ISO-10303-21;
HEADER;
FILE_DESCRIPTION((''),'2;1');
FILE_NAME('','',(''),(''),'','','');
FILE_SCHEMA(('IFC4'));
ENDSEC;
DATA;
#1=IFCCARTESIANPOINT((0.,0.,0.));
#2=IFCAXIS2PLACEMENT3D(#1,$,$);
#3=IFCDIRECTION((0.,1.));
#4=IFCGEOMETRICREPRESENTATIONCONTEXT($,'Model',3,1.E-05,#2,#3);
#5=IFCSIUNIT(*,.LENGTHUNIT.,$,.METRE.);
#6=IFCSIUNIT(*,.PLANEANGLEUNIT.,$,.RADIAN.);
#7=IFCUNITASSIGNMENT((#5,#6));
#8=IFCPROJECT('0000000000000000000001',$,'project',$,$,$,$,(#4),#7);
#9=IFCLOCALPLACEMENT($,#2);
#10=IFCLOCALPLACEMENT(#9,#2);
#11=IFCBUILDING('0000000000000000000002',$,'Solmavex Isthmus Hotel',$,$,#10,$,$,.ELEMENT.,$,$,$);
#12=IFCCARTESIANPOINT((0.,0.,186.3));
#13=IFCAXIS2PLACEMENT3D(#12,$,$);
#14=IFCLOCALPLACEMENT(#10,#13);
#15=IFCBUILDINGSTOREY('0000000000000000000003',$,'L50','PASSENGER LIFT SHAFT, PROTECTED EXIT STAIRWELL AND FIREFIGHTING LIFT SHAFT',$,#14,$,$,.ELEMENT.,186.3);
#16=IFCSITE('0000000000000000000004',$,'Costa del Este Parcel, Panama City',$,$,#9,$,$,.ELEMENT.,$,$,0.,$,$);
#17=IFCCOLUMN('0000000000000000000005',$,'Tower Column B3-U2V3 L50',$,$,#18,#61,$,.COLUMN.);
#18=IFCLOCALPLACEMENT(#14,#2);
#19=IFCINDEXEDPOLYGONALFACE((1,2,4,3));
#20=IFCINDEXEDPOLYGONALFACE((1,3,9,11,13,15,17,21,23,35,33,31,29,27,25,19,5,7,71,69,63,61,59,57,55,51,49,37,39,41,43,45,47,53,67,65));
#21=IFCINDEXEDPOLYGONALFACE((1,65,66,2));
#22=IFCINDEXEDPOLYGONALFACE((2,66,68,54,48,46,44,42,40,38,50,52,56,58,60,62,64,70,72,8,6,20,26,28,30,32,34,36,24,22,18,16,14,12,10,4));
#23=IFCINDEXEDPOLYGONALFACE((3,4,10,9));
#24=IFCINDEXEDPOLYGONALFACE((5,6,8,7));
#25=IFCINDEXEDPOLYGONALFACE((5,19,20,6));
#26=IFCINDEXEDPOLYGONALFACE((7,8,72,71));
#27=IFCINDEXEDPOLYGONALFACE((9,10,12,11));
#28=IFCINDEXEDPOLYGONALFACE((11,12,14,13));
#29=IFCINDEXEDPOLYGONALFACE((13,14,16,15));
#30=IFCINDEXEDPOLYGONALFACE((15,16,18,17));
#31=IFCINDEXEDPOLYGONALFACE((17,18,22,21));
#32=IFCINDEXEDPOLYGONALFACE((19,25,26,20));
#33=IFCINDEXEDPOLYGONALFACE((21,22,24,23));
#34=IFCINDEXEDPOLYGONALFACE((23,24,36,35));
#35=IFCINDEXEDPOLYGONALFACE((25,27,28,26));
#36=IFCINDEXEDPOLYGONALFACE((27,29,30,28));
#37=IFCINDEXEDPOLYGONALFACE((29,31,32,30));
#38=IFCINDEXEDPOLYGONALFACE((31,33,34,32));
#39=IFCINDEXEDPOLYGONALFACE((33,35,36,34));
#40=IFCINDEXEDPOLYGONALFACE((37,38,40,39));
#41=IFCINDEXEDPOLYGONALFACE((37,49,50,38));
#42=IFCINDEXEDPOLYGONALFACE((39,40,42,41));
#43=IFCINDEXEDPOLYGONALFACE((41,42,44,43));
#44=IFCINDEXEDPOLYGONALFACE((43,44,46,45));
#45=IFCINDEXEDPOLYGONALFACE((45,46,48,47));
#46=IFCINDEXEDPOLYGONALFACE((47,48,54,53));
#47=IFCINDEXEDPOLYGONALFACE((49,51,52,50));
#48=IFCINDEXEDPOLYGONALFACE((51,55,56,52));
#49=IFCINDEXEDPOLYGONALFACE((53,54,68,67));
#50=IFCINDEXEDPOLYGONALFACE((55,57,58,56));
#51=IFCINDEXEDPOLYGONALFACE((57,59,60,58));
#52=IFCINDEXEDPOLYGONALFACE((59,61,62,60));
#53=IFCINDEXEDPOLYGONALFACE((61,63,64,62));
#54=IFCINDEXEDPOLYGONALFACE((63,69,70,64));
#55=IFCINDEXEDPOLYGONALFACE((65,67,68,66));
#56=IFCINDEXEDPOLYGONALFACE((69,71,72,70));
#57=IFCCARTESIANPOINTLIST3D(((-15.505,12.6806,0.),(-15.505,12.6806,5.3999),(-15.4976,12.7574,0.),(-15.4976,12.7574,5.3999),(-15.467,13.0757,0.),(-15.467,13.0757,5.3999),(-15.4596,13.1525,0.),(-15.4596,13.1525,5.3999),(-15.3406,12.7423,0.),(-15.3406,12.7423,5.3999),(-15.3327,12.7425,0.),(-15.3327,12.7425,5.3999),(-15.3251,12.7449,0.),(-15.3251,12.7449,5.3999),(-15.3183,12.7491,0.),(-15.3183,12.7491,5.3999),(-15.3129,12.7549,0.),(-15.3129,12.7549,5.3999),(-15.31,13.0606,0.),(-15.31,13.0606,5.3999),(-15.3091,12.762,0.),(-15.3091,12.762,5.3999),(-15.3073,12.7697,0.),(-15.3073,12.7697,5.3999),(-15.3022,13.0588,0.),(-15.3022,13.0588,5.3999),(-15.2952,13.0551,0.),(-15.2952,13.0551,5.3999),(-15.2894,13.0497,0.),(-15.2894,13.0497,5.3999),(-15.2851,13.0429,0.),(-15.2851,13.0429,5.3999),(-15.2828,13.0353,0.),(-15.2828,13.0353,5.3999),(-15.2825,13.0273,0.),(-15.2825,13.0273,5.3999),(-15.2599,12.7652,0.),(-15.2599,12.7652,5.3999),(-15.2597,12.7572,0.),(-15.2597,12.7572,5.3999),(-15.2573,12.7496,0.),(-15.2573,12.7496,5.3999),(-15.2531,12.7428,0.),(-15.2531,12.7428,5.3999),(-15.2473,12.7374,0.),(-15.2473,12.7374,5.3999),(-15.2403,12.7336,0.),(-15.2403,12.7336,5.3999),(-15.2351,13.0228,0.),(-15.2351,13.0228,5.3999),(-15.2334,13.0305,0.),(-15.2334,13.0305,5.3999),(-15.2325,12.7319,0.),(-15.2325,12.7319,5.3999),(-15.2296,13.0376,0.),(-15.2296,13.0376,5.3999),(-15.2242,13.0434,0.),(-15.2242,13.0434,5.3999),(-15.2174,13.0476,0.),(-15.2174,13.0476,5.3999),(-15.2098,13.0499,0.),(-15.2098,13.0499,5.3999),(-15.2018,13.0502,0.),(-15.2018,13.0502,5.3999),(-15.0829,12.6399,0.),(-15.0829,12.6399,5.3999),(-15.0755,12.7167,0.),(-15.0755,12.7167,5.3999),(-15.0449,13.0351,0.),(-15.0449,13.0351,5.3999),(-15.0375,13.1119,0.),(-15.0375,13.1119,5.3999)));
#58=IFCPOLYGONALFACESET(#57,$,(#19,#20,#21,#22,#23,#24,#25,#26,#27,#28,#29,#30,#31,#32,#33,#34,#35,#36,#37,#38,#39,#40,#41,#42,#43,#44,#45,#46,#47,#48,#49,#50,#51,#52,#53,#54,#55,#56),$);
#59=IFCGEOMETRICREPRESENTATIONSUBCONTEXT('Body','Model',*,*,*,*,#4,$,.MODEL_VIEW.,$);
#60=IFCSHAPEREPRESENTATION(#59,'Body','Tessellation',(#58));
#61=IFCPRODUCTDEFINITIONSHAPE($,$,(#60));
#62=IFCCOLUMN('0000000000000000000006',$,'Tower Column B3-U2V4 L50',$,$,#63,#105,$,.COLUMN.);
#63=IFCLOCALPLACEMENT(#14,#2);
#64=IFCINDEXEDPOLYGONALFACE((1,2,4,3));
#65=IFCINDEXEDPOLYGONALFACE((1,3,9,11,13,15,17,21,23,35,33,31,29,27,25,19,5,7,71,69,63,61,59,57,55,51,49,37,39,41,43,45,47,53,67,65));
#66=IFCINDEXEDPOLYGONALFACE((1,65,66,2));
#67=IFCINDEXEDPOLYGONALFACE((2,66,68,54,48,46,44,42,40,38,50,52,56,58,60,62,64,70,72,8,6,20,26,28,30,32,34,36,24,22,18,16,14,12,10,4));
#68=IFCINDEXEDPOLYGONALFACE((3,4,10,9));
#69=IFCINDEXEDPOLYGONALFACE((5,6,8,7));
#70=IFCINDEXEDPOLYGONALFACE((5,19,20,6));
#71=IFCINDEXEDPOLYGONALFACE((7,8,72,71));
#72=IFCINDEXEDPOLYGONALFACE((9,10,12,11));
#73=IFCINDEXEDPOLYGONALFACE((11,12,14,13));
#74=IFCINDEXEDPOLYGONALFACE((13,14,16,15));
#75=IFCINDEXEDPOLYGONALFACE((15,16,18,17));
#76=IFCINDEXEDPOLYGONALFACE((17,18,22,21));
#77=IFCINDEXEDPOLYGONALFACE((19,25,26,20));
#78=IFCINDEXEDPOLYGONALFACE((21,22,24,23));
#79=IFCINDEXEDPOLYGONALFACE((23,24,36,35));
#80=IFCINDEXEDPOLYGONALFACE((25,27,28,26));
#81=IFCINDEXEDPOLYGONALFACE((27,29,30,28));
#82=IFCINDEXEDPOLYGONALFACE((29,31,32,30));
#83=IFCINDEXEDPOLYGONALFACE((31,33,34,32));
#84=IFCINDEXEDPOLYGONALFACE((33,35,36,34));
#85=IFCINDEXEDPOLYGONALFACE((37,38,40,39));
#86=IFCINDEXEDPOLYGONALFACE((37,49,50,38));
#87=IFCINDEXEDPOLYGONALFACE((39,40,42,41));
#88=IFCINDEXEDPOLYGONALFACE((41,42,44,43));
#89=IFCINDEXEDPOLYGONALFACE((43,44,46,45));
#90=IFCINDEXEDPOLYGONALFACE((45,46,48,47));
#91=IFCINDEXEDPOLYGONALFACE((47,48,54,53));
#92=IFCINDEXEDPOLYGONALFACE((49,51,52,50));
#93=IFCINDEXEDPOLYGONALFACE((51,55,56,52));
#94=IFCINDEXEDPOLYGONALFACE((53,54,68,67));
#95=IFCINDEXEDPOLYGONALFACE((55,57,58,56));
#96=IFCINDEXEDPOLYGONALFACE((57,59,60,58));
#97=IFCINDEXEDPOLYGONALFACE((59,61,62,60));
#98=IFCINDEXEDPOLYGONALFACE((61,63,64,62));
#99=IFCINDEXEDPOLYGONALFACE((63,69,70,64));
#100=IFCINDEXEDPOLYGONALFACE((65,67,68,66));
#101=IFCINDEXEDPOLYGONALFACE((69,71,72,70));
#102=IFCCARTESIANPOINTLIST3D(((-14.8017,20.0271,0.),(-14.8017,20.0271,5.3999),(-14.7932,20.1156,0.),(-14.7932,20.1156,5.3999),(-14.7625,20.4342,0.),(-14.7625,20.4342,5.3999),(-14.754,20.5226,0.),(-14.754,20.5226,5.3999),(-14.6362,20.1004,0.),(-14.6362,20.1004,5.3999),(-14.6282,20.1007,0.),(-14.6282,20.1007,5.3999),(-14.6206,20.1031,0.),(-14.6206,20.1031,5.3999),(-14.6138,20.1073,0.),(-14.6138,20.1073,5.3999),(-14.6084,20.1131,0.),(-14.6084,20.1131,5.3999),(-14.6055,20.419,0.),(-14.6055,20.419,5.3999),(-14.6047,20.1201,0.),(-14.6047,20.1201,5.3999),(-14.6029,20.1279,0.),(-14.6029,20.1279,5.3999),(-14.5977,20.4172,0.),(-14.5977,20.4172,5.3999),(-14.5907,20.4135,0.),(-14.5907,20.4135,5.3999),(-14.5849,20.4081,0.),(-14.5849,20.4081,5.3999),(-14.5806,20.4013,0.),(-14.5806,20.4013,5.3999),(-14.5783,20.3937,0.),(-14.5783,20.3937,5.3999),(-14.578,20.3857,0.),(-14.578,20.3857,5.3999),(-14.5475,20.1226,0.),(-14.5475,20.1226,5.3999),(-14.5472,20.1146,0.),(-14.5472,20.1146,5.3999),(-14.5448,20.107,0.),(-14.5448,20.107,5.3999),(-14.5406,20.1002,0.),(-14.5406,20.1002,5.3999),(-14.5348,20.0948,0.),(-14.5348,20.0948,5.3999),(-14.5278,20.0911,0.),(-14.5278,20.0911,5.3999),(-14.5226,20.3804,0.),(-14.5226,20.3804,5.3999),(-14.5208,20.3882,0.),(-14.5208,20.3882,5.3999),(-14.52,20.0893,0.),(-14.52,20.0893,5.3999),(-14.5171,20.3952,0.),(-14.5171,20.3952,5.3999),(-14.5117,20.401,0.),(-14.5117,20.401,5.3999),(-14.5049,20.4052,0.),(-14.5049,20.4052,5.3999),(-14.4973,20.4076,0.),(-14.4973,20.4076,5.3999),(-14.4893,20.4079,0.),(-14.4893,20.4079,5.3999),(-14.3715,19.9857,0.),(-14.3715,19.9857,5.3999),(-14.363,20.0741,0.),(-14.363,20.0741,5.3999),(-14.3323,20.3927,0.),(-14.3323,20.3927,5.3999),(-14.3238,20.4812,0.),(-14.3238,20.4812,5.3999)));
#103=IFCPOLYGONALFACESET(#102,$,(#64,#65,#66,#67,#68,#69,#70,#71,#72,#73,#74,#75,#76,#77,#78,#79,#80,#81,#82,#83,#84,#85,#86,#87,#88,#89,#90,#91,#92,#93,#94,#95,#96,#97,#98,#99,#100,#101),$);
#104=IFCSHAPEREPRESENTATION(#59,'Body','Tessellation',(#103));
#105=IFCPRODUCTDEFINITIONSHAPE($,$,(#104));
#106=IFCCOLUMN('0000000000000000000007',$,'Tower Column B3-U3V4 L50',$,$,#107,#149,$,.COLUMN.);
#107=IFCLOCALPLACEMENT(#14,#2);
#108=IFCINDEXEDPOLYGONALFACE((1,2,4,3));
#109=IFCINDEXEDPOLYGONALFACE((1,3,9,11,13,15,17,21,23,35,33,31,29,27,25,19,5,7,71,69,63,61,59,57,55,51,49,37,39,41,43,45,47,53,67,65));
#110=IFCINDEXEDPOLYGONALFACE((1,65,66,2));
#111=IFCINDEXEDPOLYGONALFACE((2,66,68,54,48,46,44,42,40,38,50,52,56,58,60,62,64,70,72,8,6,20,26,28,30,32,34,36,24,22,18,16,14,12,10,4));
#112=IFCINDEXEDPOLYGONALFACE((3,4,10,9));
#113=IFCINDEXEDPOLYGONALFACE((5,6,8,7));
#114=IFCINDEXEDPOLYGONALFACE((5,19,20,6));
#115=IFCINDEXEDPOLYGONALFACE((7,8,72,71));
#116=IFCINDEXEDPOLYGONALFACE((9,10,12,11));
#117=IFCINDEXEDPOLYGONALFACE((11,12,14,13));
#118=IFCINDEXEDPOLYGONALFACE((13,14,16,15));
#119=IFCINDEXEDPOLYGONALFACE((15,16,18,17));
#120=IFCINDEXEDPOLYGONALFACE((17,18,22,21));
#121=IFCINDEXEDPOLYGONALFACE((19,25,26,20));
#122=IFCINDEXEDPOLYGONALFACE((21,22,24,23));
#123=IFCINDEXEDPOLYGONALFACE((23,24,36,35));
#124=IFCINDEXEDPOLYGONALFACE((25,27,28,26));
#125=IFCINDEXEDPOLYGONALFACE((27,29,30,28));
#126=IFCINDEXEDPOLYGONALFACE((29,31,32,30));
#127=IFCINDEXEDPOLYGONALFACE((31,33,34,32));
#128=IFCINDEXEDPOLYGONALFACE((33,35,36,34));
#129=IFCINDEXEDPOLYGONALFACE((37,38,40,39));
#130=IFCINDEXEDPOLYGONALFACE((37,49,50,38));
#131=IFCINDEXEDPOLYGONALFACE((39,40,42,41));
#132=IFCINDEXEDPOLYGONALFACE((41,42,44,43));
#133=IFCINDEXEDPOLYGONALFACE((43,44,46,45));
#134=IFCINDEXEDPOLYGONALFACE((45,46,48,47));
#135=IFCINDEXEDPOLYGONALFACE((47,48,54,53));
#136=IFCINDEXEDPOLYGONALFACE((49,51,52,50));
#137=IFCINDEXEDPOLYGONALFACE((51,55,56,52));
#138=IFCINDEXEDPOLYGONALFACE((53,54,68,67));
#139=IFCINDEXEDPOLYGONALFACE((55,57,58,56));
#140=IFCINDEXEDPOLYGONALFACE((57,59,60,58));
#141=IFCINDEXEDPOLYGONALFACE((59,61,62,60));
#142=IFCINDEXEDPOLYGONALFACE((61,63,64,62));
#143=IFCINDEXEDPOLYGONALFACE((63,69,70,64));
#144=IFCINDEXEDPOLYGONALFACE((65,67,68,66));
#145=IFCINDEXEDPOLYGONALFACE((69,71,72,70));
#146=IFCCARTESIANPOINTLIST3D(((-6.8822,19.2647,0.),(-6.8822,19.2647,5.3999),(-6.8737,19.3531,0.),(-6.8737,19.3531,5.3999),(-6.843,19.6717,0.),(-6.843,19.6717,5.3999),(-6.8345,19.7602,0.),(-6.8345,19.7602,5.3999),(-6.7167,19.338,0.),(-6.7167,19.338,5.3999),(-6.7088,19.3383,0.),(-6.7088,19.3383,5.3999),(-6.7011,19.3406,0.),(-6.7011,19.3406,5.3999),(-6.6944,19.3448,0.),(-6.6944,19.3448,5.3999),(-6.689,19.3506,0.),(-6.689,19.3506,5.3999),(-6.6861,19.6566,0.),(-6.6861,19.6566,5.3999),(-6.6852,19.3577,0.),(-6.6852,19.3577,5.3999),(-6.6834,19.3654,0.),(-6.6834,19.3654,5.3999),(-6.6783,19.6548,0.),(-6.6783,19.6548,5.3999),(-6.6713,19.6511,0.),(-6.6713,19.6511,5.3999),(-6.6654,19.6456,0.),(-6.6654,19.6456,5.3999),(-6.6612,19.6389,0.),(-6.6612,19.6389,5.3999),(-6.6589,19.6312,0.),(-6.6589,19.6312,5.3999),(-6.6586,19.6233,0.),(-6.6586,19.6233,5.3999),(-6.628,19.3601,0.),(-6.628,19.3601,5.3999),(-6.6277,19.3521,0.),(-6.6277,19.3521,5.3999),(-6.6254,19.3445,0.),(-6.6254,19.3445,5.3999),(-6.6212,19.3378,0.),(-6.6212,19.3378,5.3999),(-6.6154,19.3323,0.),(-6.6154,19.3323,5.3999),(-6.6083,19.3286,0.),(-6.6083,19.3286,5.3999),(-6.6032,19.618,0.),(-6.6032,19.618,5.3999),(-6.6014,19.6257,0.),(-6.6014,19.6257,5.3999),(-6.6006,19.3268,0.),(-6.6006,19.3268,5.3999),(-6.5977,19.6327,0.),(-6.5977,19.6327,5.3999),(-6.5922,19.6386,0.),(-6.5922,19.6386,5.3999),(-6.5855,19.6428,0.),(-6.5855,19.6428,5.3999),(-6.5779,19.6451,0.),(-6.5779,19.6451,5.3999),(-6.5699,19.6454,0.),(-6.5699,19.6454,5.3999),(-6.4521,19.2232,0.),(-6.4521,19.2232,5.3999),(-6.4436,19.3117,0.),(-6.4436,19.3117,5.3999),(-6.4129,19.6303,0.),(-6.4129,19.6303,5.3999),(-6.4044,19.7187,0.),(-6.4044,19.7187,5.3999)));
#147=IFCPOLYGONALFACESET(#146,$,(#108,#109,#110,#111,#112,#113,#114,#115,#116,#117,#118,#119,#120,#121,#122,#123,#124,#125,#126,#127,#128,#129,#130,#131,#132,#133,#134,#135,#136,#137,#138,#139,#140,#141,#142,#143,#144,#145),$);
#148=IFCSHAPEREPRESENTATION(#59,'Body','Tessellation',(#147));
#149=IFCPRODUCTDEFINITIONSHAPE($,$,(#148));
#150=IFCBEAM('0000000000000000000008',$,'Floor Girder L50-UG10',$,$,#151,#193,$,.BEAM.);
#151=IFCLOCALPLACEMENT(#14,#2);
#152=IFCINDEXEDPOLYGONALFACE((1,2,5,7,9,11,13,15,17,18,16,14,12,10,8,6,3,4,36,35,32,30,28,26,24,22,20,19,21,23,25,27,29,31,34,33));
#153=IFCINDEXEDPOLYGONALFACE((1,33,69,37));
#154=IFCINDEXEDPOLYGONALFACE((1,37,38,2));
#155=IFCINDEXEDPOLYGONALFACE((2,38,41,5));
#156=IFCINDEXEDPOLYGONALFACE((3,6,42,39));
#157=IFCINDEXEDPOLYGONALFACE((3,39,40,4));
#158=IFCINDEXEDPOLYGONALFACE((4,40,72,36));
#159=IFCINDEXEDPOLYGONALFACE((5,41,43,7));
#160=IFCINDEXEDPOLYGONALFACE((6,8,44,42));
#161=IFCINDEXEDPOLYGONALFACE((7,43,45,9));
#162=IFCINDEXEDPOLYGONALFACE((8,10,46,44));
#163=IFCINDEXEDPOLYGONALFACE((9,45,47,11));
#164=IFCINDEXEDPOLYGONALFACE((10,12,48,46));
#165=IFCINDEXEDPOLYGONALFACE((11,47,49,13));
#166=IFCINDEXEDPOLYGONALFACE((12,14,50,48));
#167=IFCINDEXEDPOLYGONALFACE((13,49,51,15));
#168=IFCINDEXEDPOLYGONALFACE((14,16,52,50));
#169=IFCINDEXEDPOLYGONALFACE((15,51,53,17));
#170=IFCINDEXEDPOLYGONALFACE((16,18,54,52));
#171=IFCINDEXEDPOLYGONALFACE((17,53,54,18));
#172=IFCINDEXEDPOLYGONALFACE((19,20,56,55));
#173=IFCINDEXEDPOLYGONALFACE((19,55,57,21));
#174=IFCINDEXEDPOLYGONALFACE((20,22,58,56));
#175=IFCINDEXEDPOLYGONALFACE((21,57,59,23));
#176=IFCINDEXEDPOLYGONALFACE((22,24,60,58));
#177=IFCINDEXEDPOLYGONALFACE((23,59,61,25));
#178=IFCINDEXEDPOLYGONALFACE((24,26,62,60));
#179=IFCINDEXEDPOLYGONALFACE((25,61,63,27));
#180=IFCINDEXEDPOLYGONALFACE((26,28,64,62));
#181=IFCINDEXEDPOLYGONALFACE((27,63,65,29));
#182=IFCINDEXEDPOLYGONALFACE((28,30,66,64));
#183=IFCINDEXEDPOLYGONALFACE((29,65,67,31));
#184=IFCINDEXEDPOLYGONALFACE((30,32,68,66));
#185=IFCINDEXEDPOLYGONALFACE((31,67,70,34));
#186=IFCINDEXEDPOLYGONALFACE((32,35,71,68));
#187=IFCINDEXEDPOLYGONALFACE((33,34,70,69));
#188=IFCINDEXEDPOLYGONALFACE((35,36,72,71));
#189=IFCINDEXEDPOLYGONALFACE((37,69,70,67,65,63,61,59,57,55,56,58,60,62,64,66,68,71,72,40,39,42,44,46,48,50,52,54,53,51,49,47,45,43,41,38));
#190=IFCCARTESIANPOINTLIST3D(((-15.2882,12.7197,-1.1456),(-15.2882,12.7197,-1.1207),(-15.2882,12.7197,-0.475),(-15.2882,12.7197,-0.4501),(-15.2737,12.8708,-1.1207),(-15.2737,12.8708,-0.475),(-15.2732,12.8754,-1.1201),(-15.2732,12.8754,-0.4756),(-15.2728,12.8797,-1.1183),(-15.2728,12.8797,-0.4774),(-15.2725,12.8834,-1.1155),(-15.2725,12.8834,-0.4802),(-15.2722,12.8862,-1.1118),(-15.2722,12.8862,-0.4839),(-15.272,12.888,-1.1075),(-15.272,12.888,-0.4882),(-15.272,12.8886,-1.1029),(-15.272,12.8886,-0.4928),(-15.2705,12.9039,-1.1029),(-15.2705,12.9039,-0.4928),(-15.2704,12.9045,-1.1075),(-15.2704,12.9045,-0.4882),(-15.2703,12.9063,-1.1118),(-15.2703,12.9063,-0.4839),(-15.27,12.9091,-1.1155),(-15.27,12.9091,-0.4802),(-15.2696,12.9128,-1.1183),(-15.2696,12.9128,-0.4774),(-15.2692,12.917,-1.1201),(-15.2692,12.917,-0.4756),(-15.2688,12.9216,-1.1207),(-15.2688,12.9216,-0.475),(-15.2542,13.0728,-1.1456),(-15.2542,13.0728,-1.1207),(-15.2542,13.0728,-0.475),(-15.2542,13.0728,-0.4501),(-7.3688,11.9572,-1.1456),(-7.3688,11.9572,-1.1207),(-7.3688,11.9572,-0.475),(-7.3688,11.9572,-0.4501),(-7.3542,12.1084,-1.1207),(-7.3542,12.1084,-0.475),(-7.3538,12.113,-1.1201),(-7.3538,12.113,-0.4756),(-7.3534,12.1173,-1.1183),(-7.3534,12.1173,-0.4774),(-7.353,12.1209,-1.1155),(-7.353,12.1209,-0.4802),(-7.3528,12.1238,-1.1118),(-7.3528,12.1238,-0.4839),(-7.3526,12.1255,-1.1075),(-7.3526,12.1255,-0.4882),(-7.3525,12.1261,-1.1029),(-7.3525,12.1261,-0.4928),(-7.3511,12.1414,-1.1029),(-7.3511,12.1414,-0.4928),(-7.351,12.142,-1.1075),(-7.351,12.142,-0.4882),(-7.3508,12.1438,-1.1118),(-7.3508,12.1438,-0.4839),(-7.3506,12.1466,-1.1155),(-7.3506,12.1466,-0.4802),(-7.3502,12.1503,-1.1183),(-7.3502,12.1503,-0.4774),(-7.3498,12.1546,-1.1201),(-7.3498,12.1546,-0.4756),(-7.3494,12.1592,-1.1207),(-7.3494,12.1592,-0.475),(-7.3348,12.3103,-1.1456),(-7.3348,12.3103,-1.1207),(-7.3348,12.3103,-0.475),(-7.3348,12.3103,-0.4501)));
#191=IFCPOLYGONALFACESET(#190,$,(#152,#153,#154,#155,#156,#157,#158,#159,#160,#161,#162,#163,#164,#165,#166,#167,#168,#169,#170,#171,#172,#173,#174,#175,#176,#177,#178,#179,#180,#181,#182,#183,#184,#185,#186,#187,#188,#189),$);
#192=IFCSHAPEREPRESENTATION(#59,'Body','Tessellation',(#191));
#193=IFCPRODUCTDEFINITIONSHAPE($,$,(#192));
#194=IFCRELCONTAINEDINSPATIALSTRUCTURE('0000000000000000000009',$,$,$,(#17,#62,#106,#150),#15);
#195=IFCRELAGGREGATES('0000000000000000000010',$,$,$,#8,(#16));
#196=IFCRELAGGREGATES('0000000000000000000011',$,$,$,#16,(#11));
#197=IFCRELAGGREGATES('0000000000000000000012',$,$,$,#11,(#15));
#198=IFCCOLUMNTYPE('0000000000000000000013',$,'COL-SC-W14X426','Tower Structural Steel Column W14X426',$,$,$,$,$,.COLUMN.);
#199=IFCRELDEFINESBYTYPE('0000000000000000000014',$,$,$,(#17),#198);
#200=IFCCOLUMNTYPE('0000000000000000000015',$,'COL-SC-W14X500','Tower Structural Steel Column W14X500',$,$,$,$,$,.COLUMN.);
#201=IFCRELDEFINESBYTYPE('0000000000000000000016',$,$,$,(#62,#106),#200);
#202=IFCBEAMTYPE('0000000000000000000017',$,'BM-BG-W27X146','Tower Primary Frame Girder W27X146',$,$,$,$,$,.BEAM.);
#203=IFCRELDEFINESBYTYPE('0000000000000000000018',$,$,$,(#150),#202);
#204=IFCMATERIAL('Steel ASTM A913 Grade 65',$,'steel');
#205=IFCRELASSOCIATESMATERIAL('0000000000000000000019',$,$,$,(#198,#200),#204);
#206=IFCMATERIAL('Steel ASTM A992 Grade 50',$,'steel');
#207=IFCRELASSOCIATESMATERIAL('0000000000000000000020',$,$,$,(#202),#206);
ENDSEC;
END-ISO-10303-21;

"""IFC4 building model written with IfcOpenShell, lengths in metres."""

from ifc_helpers import new_model, si_unit, direction, frame, origin, origin_2d, place, context, subcontext, project, spatial, i_section, extrude, material, material_profile, profile_set, type_object, element, save


model = new_model("IFC4")

# Units and contexts
model_context = context("Model", 3, precision=1e-05, world=origin(), true_north=direction((0.0, 1.0)))
body_context = subcontext(model_context, "Body", "Model", "MODEL_VIEW")
ifc_project = project(units=[si_unit("LENGTHUNIT", "METRE"), si_unit("PLANEANGLEUNIT", "RADIAN")], contexts=[model_context])

# Site, building, storey
site_placement = place(None, origin())
site = spatial("IfcSite", under=ifc_project, at=site_placement, Name="Costa del Este Parcel, Panama City", CompositionType="ELEMENT", RefElevation=0.0)
building_placement = place(site_placement, origin())
building = spatial("IfcBuilding", under=site, at=building_placement, Name="Solmavex Isthmus Hotel", CompositionType="ELEMENT")
storey_placement = place(building_placement, frame((0.0, 0.0, 186.3)))
storey = spatial("IfcBuildingStorey", under=building, at=storey_placement, Name="L50", Description="PASSENGER LIFT SHAFT, PROTECTED EXIT STAIRWELL AND FIREFIGHTING LIFT SHAFT", CompositionType="ELEMENT", Elevation=186.3)

# Columns
ifc_material_1 = material(Name="Steel ASTM A913 Grade 65", Category="steel")
ifc_material_profile_1 = material_profile(ifc_material_1, i_section(OverallWidth=0.4241, OverallDepth=0.4741, WebThickness=0.0476, FlangeThickness=0.0771, FilletRadius=0.0305, at=origin_2d()), Name="W14X426")
ifc_profile_set_1 = profile_set([ifc_material_profile_1], Name="Steel ASTM A913 Grade 65")
column_type_1 = type_object("IfcColumnType", Name="COL-SC-W14X426", Description="Tower Structural Steel Column W14X426", PredefinedType="COLUMN", material=ifc_profile_set_1)
column_placement = place(storey_placement, frame((-15.2712, 12.8962, 0.0), z_axis=(0.0, 0.0, 1.0), x_axis=(0.995396, -0.095846, 0.0)))
element("IfcColumn", 1, at=column_placement, inside=storey, type_object=column_type_1, Name="Tower Column B3-U2V3 L50", PredefinedType="COLUMN", context=body_context, shape_type="SweptSolid", body=[
    extrude(i_section(OverallWidth=0.4241, OverallDepth=0.4741, WebThickness=0.0476, FlangeThickness=0.0771, FilletRadius=0.0305, at=origin_2d()), origin(), (0.0, 0.0, 1.0), 5.3999),
])
ifc_material_profile_2 = material_profile(ifc_material_1, i_section(OverallWidth=0.4321, OverallDepth=0.4978, WebThickness=0.0557, FlangeThickness=0.0889, FilletRadius=0.0305, at=origin_2d()), Name="W14X500")
ifc_profile_set_2 = profile_set([ifc_material_profile_2], Name="Steel ASTM A913 Grade 65")
column_type_2 = type_object("IfcColumnType", Name="COL-SC-W14X500", Description="Tower Structural Steel Column W14X500", PredefinedType="COLUMN", material=ifc_profile_set_2)
for number, where, z_axis, x_axis, name in (
    (2, (-14.5627, 20.2542, 0.0), (0.0, 0.0, 1.0), (0.995396, -0.095846, 0.0), "Tower Column B3-U2V4 L50"),
    (3, (-6.6433, 19.4917, 0.0), (0.0, 0.0, 1.0), (0.995396, -0.095846, 0.0), "Tower Column B3-U3V4 L50"),
):
    element("IfcColumn", number, at=place(storey_placement, frame(where, z_axis=z_axis, x_axis=x_axis)), inside=storey, type_object=column_type_2, Name=name, PredefinedType="COLUMN", context=body_context, shape_type="SweptSolid", body=[
        extrude(i_section(OverallWidth=0.4321, OverallDepth=0.4978, WebThickness=0.0557, FlangeThickness=0.0889, FilletRadius=0.0305, at=origin_2d()), origin(), (0.0, 0.0, 1.0), 5.3999),
    ])

# Beam
ifc_material_2 = material(Name="Steel ASTM A992 Grade 50", Category="steel")
ifc_material_profile_3 = material_profile(ifc_material_2, i_section(OverallWidth=0.3547, OverallDepth=0.6956, WebThickness=0.0154, FlangeThickness=0.0249, FilletRadius=0.0178, at=origin_2d()), Name="W27X146")
ifc_profile_set_3 = profile_set([ifc_material_profile_3], Name="Steel ASTM A992 Grade 50")
beam_type_1 = type_object("IfcBeamType", Name="BM-BG-W27X146", Description="Tower Primary Frame Girder W27X146", PredefinedType="BEAM", material=ifc_profile_set_3)
beam_1_placement = place(storey_placement, frame((-15.2712, 12.8962, -0.7979), z_axis=(0.995397, -0.095833, 0.0), x_axis=(0.095833, 0.995397, 0.0)))
element("IfcBeam", 4, at=beam_1_placement, inside=storey, type_object=beam_type_1, Name="Floor Girder L50-UG10", PredefinedType="BEAM", context=body_context, shape_type="SweptSolid", body=[
    extrude(i_section(OverallWidth=0.3547, OverallDepth=0.6956, WebThickness=0.0154, FlangeThickness=0.0249, FilletRadius=0.0178, at=origin_2d()), origin(), (0.0, 0.0, 1.0), 7.9561),
])

save(model, "model.ifc")
